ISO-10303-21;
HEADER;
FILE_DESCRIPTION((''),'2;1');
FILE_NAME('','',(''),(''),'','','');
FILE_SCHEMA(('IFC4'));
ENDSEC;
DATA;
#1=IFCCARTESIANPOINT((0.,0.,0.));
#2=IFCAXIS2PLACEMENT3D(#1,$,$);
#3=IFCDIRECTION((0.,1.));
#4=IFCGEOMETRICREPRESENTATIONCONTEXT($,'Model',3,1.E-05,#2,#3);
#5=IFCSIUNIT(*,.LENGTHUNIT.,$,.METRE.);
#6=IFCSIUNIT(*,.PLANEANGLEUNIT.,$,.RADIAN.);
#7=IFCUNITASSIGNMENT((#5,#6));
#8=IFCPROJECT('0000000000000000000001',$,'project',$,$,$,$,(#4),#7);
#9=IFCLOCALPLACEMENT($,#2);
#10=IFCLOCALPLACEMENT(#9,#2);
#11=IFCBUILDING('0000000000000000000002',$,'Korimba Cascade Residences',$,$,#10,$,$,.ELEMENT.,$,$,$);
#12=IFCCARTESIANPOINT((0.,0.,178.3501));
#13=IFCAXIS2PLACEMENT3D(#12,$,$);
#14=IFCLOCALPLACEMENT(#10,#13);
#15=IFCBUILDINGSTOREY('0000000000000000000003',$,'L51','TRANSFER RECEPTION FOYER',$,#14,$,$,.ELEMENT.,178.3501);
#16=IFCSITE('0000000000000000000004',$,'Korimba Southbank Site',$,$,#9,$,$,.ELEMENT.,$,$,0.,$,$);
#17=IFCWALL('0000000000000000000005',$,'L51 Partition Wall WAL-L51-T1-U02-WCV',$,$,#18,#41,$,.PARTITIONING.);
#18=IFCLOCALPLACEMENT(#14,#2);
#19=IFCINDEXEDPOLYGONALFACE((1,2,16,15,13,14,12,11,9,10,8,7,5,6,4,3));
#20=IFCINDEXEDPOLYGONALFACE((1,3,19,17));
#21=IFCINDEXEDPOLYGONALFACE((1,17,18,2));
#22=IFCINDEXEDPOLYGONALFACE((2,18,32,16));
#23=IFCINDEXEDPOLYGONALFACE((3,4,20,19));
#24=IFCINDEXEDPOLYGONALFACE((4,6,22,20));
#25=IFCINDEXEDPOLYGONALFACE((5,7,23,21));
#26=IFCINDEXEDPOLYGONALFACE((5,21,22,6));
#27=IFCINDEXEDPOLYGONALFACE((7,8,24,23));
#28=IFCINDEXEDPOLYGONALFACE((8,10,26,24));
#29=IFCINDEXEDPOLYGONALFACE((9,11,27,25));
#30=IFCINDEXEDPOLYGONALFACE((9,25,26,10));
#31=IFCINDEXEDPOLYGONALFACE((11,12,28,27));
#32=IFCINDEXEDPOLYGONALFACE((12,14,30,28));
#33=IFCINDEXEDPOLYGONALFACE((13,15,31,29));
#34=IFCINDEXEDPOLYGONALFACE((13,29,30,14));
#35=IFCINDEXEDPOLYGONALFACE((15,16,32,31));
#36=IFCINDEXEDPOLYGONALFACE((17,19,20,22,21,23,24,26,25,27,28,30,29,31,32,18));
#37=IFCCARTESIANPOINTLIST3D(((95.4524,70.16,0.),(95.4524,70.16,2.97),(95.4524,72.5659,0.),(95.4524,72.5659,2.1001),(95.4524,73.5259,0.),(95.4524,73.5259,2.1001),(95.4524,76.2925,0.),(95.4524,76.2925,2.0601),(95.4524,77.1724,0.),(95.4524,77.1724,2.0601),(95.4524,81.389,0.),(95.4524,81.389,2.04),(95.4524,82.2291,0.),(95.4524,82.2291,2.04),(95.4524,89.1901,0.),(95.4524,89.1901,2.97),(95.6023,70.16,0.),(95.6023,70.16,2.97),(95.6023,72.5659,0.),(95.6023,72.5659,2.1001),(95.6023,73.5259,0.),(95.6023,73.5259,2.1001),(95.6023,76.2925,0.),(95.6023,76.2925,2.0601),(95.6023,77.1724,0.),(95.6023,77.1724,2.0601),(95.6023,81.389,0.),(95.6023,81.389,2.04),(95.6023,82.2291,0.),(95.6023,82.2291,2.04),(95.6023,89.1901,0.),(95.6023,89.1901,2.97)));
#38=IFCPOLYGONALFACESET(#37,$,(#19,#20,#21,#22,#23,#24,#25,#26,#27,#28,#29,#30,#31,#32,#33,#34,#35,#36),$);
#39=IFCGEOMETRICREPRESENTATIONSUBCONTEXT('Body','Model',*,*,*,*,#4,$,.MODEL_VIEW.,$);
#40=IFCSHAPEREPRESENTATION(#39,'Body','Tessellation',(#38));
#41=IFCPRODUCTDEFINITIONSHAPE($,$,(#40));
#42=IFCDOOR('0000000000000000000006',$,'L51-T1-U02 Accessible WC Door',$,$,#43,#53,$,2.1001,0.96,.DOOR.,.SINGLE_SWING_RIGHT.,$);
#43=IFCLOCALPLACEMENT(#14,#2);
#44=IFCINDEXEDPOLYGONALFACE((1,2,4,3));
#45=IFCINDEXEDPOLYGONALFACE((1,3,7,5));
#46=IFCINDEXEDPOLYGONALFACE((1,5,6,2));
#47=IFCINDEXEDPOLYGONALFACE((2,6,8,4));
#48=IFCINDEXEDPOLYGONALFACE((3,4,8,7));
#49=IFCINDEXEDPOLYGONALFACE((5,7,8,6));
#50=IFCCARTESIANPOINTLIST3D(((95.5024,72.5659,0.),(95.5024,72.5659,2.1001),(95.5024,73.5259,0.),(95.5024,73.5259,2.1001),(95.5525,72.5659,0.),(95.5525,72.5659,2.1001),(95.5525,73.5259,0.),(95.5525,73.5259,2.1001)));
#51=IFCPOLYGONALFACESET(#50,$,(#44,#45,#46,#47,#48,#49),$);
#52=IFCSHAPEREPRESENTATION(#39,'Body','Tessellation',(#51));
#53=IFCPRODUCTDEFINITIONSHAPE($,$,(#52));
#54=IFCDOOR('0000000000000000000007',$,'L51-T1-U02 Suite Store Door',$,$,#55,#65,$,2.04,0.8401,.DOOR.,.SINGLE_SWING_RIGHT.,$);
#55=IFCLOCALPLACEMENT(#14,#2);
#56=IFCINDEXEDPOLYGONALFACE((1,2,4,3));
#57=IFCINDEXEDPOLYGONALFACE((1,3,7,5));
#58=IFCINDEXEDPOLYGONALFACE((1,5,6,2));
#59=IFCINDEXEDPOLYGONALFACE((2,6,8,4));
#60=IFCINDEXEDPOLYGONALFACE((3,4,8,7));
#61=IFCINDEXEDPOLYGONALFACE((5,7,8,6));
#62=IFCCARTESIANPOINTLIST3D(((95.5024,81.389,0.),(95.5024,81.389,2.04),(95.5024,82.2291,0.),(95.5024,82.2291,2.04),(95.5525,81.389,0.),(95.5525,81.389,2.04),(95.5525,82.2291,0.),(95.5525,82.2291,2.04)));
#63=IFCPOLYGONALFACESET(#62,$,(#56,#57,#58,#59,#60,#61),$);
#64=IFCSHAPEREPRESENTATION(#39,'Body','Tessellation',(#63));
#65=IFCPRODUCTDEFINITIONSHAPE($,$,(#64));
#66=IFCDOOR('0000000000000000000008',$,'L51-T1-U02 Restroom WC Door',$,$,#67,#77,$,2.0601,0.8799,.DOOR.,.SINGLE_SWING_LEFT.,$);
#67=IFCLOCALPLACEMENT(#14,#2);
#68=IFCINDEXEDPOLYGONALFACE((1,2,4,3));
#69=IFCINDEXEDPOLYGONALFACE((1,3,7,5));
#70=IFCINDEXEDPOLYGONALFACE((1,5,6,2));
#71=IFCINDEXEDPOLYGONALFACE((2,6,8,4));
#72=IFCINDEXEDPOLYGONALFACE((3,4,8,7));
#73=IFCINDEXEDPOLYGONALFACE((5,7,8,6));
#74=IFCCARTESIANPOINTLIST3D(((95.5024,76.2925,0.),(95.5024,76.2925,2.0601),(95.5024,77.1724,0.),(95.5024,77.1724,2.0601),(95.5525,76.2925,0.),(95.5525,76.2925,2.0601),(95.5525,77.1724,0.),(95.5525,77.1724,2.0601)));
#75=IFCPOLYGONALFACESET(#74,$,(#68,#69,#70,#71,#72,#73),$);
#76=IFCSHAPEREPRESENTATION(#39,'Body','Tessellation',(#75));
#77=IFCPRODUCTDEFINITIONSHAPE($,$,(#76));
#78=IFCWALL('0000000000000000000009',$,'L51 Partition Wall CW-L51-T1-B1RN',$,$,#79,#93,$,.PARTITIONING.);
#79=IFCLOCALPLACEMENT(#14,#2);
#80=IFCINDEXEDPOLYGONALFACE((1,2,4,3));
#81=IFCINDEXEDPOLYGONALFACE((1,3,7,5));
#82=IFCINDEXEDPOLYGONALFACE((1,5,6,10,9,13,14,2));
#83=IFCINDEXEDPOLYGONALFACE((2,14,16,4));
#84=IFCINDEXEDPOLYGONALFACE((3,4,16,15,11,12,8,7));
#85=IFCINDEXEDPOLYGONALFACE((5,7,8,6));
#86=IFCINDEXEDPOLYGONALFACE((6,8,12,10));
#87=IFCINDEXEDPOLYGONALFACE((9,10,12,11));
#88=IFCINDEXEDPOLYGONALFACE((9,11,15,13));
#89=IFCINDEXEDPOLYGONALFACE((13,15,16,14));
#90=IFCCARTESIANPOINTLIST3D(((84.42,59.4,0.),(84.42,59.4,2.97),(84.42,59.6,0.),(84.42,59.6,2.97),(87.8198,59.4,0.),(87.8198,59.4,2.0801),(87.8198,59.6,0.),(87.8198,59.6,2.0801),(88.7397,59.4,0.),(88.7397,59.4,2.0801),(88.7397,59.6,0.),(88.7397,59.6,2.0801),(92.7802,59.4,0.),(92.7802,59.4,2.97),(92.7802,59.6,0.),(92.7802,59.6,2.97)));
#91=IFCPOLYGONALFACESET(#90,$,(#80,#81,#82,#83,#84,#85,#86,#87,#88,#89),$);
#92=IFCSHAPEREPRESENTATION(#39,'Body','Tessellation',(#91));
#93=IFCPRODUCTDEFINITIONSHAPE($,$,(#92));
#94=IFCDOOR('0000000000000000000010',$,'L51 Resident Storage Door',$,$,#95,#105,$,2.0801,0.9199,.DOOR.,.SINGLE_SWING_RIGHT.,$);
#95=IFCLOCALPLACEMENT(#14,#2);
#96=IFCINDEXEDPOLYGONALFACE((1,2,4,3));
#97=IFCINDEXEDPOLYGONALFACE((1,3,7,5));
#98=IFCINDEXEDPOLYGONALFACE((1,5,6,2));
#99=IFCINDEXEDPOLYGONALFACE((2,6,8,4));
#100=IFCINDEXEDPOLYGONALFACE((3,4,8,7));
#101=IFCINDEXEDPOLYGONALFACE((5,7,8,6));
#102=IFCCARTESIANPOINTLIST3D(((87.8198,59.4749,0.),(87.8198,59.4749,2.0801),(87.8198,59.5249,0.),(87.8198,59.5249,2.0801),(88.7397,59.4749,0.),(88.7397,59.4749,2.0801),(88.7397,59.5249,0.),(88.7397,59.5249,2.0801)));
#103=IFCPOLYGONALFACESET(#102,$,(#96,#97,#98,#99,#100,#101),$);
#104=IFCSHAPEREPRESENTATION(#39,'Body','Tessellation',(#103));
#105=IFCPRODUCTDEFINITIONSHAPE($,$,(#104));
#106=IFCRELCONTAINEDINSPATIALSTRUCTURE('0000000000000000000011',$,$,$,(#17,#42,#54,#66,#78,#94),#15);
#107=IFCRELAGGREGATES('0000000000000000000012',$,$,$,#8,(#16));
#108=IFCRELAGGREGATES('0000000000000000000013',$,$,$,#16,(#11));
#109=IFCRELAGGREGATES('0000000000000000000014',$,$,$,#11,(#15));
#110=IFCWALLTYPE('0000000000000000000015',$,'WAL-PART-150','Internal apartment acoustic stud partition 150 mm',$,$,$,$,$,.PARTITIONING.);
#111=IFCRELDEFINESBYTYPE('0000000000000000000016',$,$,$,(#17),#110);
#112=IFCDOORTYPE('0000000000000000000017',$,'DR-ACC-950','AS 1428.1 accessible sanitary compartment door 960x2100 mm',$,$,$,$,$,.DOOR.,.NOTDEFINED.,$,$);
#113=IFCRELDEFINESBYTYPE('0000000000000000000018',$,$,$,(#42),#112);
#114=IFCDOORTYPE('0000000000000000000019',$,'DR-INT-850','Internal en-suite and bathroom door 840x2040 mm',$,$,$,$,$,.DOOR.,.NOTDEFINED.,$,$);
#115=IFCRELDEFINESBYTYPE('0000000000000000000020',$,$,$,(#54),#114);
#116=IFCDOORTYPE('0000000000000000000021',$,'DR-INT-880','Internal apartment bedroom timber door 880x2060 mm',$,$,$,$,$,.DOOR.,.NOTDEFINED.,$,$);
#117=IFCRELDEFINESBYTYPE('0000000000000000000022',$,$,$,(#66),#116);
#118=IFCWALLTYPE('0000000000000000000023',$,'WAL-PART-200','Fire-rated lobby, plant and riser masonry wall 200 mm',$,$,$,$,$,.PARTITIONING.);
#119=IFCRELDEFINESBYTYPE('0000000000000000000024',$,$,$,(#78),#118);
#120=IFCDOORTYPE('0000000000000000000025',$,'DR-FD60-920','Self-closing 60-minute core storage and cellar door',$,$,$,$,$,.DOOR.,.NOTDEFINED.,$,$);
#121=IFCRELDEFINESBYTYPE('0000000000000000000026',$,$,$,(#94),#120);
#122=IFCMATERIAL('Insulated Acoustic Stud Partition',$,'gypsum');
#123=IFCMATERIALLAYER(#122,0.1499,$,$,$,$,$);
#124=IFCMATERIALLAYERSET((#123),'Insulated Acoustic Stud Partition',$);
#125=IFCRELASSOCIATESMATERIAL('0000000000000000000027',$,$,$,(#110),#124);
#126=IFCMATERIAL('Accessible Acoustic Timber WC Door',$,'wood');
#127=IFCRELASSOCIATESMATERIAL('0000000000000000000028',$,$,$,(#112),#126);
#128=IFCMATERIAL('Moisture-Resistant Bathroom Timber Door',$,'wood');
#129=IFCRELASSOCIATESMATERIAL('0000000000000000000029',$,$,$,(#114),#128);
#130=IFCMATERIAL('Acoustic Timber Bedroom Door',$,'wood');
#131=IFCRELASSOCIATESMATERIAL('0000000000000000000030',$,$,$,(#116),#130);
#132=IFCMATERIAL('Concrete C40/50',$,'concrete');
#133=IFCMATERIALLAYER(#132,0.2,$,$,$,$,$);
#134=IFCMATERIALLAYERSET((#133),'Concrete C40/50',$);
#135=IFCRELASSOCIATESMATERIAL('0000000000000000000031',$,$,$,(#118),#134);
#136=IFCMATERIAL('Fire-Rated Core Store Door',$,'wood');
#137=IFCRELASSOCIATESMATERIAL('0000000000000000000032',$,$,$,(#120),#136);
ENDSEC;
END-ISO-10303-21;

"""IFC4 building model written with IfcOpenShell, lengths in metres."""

from ifc_helpers import new_model, si_unit, direction, frame, frame_2d, origin, place, context, subcontext, project, spatial, rectangle, extrude, material, layer, layer_set, type_object, element, fill, save


model = new_model("IFC4")

# Units and contexts
model_context = context("Model", 3, precision=1e-05, world=origin(), true_north=direction((0.0, 1.0)))
body_context = subcontext(model_context, "Body", "Model", "MODEL_VIEW")
ifc_project = project(units=[si_unit("LENGTHUNIT", "METRE"), si_unit("PLANEANGLEUNIT", "RADIAN")], contexts=[model_context])

# Site, building, storey
site_placement = place(None, origin())
site = spatial("IfcSite", under=ifc_project, at=site_placement, Name="Korimba Southbank Site", CompositionType="ELEMENT", RefElevation=0.0)
building_placement = place(site_placement, origin())
building = spatial("IfcBuilding", under=site, at=building_placement, Name="Korimba Cascade Residences", CompositionType="ELEMENT")
storey_placement = place(building_placement, frame((0.0, 0.0, 178.3501)))
storey = spatial("IfcBuildingStorey", under=building, at=storey_placement, Name="L51", Description="TRANSFER RECEPTION FOYER", CompositionType="ELEMENT", Elevation=178.3501)

# Shared definitions
ifc_material_1 = material(Name="Insulated Acoustic Stud Partition", Category="gypsum")
ifc_layer_1 = layer(ifc_material_1, 0.1499)
ifc_layer_set_1 = layer_set([ifc_layer_1], Name="Insulated Acoustic Stud Partition")
wall_type_1 = type_object("IfcWallType", Name="WAL-PART-150", Description="Internal apartment acoustic stud partition 150 mm", PredefinedType="PARTITIONING", material=ifc_layer_set_1)

# Wall, openings, doors
wall_1_placement = place(storey_placement, frame((95.5273, 70.1599, 0.0), z_axis=(0.0, 0.0, 1.0), x_axis=(0.0, 1.0, 0.0)))
wall_1 = element("IfcWall", 1, at=wall_1_placement, inside=storey, type_object=wall_type_1, Name="L51 Partition Wall WAL-L51-T1-U02-WCV", PredefinedType="PARTITIONING", context=body_context, shape_type="SweptSolid", body=[
    extrude(rectangle(XDim=19.03, YDim=0.1499, at=frame_2d((9.5151, 0.0))), origin(), (0.0, 0.0, 1.0), 2.97),
])
opening_1_placement = place(wall_1_placement, frame((2.406, 0.0, 0.0)))
opening_1 = element("IfcOpeningElement", 2, at=opening_1_placement, cuts=wall_1, PredefinedType="OPENING", context=body_context, shape_type="SweptSolid", body=[
    extrude(rectangle(XDim=0.96, YDim=2.1001, at=frame_2d((0.48, 1.05))), frame((0.0, 0.085, 0.0), z_axis=(0.0, -1.0, 0.0), x_axis=(1.0, 0.0, 0.0)), (0.0, 0.0, 1.0), 0.1699),
])
opening_2_placement = place(wall_1_placement, frame((6.1326, 0.0, 0.0)))
opening_2 = element("IfcOpeningElement", 3, at=opening_2_placement, cuts=wall_1, PredefinedType="OPENING", context=body_context, shape_type="SweptSolid", body=[
    extrude(rectangle(XDim=0.8799, YDim=2.0601, at=frame_2d((0.4399, 1.03))), frame((0.0, 0.085, 0.0), z_axis=(0.0, -1.0, 0.0), x_axis=(1.0, 0.0, 0.0)), (0.0, 0.0, 1.0), 0.1699),
])
opening_3_placement = place(wall_1_placement, frame((11.2292, 0.0, 0.0)))
opening_3 = element("IfcOpeningElement", 4, at=opening_3_placement, cuts=wall_1, PredefinedType="OPENING", context=body_context, shape_type="SweptSolid", body=[
    extrude(rectangle(XDim=0.8401, YDim=2.04, at=frame_2d((0.4199, 1.02))), frame((0.0, 0.085, 0.0), z_axis=(0.0, -1.0, 0.0), x_axis=(1.0, 0.0, 0.0)), (0.0, 0.0, 1.0), 0.1699),
])
ifc_material_2 = material(Name="Accessible Acoustic Timber WC Door", Category="wood")
door_type_1 = type_object("IfcDoorType", Name="DR-ACC-950", Description="AS 1428.1 accessible sanitary compartment door 960x2100 mm", OperationType="NOTDEFINED", PredefinedType="DOOR", material=ifc_material_2)
door_1_placement = place(opening_1_placement, origin())
door_1 = element("IfcDoor", 5, at=door_1_placement, inside=storey, type_object=door_type_1, Name="L51-T1-U02 Accessible WC Door", OperationType="SINGLE_SWING_RIGHT", OverallHeight=2.1001, OverallWidth=0.96, PredefinedType="DOOR", context=body_context, shape_type="SweptSolid", body=[
    extrude(rectangle(XDim=0.96, YDim=2.1001, at=frame_2d((0.48, 1.05))), frame((0.0, 0.0249, 0.0), z_axis=(0.0, -1.0, 0.0), x_axis=(1.0, 0.0, 0.0)), (0.0, 0.0, 1.0), 0.05),
])
fill(opening_1, door_1)
ifc_material_3 = material(Name="Moisture-Resistant Bathroom Timber Door", Category="wood")
door_type_2 = type_object("IfcDoorType", Name="DR-INT-850", Description="Internal en-suite and bathroom door 840x2040 mm", OperationType="NOTDEFINED", PredefinedType="DOOR", material=ifc_material_3)
door_2_placement = place(opening_3_placement, origin())
door_2 = element("IfcDoor", 6, at=door_2_placement, inside=storey, type_object=door_type_2, Name="L51-T1-U02 Suite Store Door", OperationType="SINGLE_SWING_RIGHT", OverallHeight=2.04, OverallWidth=0.8401, PredefinedType="DOOR", context=body_context, shape_type="SweptSolid", body=[
    extrude(rectangle(XDim=0.8401, YDim=2.04, at=frame_2d((0.4199, 1.02))), frame((0.0, 0.0249, 0.0), z_axis=(0.0, -1.0, 0.0), x_axis=(1.0, 0.0, 0.0)), (0.0, 0.0, 1.0), 0.05),
])
fill(opening_3, door_2)
ifc_material_4 = material(Name="Acoustic Timber Bedroom Door", Category="wood")
door_type_3 = type_object("IfcDoorType", Name="DR-INT-880", Description="Internal apartment bedroom timber door 880x2060 mm", OperationType="NOTDEFINED", PredefinedType="DOOR", material=ifc_material_4)
door_3_placement = place(opening_2_placement, origin())
door_3 = element("IfcDoor", 7, at=door_3_placement, inside=storey, type_object=door_type_3, Name="L51-T1-U02 Restroom WC Door", OperationType="SINGLE_SWING_LEFT", OverallHeight=2.0601, OverallWidth=0.8799, PredefinedType="DOOR", context=body_context, shape_type="SweptSolid", body=[
    extrude(rectangle(XDim=0.8799, YDim=2.0601, at=frame_2d((0.4399, 1.03))), frame((0.0, 0.0249, 0.0), z_axis=(0.0, -1.0, 0.0), x_axis=(1.0, 0.0, 0.0)), (0.0, 0.0, 1.0), 0.05),
])
fill(opening_2, door_3)

# Wall, opening, door
ifc_material_5 = material(Name="Concrete C40/50", Category="concrete")
ifc_layer_2 = layer(ifc_material_5, 0.2)
ifc_layer_set_2 = layer_set([ifc_layer_2], Name="Concrete C40/50")
wall_type_2 = type_object("IfcWallType", Name="WAL-PART-200", Description="Fire-rated lobby, plant and riser masonry wall 200 mm", PredefinedType="PARTITIONING", material=ifc_layer_set_2)
wall_2_placement = place(storey_placement, frame((84.4199, 59.5, 0.0), z_axis=(0.0, 0.0, 1.0), x_axis=(1.0, 0.0, 0.0)))
wall_2 = element("IfcWall", 8, at=wall_2_placement, inside=storey, type_object=wall_type_2, Name="L51 Partition Wall CW-L51-T1-B1RN", PredefinedType="PARTITIONING", context=body_context, shape_type="SweptSolid", body=[
    extrude(rectangle(XDim=8.3601, YDim=0.2, at=frame_2d((4.1802, 0.0))), origin(), (0.0, 0.0, 1.0), 2.97),
])
opening_4_placement = place(wall_2_placement, frame((3.3999, 0.0, 0.0)))
opening_4 = element("IfcOpeningElement", 9, at=opening_4_placement, cuts=wall_2, PredefinedType="OPENING", context=body_context, shape_type="SweptSolid", body=[
    extrude(rectangle(XDim=0.9199, YDim=2.0801, at=frame_2d((0.46, 1.04))), frame((0.0, 0.1099, 0.0), z_axis=(0.0, -1.0, 0.0), x_axis=(1.0, 0.0, 0.0)), (0.0, 0.0, 1.0), 0.22),
])
ifc_material_6 = material(Name="Fire-Rated Core Store Door", Category="wood")
door_type_4 = type_object("IfcDoorType", Name="DR-FD60-920", Description="Self-closing 60-minute core storage and cellar door", OperationType="NOTDEFINED", PredefinedType="DOOR", material=ifc_material_6)
door_4_placement = place(opening_4_placement, origin())
door_4 = element("IfcDoor", 10, at=door_4_placement, inside=storey, type_object=door_type_4, Name="L51 Resident Storage Door", OperationType="SINGLE_SWING_RIGHT", OverallHeight=2.0801, OverallWidth=0.9199, PredefinedType="DOOR", context=body_context, shape_type="SweptSolid", body=[
    extrude(rectangle(XDim=0.9199, YDim=2.0801, at=frame_2d((0.46, 1.04))), frame((0.0, 0.0249, 0.0), z_axis=(0.0, -1.0, 0.0), x_axis=(1.0, 0.0, 0.0)), (0.0, 0.0, 1.0), 0.05),
])
fill(opening_4, door_4)

save(model, "model.ifc")
